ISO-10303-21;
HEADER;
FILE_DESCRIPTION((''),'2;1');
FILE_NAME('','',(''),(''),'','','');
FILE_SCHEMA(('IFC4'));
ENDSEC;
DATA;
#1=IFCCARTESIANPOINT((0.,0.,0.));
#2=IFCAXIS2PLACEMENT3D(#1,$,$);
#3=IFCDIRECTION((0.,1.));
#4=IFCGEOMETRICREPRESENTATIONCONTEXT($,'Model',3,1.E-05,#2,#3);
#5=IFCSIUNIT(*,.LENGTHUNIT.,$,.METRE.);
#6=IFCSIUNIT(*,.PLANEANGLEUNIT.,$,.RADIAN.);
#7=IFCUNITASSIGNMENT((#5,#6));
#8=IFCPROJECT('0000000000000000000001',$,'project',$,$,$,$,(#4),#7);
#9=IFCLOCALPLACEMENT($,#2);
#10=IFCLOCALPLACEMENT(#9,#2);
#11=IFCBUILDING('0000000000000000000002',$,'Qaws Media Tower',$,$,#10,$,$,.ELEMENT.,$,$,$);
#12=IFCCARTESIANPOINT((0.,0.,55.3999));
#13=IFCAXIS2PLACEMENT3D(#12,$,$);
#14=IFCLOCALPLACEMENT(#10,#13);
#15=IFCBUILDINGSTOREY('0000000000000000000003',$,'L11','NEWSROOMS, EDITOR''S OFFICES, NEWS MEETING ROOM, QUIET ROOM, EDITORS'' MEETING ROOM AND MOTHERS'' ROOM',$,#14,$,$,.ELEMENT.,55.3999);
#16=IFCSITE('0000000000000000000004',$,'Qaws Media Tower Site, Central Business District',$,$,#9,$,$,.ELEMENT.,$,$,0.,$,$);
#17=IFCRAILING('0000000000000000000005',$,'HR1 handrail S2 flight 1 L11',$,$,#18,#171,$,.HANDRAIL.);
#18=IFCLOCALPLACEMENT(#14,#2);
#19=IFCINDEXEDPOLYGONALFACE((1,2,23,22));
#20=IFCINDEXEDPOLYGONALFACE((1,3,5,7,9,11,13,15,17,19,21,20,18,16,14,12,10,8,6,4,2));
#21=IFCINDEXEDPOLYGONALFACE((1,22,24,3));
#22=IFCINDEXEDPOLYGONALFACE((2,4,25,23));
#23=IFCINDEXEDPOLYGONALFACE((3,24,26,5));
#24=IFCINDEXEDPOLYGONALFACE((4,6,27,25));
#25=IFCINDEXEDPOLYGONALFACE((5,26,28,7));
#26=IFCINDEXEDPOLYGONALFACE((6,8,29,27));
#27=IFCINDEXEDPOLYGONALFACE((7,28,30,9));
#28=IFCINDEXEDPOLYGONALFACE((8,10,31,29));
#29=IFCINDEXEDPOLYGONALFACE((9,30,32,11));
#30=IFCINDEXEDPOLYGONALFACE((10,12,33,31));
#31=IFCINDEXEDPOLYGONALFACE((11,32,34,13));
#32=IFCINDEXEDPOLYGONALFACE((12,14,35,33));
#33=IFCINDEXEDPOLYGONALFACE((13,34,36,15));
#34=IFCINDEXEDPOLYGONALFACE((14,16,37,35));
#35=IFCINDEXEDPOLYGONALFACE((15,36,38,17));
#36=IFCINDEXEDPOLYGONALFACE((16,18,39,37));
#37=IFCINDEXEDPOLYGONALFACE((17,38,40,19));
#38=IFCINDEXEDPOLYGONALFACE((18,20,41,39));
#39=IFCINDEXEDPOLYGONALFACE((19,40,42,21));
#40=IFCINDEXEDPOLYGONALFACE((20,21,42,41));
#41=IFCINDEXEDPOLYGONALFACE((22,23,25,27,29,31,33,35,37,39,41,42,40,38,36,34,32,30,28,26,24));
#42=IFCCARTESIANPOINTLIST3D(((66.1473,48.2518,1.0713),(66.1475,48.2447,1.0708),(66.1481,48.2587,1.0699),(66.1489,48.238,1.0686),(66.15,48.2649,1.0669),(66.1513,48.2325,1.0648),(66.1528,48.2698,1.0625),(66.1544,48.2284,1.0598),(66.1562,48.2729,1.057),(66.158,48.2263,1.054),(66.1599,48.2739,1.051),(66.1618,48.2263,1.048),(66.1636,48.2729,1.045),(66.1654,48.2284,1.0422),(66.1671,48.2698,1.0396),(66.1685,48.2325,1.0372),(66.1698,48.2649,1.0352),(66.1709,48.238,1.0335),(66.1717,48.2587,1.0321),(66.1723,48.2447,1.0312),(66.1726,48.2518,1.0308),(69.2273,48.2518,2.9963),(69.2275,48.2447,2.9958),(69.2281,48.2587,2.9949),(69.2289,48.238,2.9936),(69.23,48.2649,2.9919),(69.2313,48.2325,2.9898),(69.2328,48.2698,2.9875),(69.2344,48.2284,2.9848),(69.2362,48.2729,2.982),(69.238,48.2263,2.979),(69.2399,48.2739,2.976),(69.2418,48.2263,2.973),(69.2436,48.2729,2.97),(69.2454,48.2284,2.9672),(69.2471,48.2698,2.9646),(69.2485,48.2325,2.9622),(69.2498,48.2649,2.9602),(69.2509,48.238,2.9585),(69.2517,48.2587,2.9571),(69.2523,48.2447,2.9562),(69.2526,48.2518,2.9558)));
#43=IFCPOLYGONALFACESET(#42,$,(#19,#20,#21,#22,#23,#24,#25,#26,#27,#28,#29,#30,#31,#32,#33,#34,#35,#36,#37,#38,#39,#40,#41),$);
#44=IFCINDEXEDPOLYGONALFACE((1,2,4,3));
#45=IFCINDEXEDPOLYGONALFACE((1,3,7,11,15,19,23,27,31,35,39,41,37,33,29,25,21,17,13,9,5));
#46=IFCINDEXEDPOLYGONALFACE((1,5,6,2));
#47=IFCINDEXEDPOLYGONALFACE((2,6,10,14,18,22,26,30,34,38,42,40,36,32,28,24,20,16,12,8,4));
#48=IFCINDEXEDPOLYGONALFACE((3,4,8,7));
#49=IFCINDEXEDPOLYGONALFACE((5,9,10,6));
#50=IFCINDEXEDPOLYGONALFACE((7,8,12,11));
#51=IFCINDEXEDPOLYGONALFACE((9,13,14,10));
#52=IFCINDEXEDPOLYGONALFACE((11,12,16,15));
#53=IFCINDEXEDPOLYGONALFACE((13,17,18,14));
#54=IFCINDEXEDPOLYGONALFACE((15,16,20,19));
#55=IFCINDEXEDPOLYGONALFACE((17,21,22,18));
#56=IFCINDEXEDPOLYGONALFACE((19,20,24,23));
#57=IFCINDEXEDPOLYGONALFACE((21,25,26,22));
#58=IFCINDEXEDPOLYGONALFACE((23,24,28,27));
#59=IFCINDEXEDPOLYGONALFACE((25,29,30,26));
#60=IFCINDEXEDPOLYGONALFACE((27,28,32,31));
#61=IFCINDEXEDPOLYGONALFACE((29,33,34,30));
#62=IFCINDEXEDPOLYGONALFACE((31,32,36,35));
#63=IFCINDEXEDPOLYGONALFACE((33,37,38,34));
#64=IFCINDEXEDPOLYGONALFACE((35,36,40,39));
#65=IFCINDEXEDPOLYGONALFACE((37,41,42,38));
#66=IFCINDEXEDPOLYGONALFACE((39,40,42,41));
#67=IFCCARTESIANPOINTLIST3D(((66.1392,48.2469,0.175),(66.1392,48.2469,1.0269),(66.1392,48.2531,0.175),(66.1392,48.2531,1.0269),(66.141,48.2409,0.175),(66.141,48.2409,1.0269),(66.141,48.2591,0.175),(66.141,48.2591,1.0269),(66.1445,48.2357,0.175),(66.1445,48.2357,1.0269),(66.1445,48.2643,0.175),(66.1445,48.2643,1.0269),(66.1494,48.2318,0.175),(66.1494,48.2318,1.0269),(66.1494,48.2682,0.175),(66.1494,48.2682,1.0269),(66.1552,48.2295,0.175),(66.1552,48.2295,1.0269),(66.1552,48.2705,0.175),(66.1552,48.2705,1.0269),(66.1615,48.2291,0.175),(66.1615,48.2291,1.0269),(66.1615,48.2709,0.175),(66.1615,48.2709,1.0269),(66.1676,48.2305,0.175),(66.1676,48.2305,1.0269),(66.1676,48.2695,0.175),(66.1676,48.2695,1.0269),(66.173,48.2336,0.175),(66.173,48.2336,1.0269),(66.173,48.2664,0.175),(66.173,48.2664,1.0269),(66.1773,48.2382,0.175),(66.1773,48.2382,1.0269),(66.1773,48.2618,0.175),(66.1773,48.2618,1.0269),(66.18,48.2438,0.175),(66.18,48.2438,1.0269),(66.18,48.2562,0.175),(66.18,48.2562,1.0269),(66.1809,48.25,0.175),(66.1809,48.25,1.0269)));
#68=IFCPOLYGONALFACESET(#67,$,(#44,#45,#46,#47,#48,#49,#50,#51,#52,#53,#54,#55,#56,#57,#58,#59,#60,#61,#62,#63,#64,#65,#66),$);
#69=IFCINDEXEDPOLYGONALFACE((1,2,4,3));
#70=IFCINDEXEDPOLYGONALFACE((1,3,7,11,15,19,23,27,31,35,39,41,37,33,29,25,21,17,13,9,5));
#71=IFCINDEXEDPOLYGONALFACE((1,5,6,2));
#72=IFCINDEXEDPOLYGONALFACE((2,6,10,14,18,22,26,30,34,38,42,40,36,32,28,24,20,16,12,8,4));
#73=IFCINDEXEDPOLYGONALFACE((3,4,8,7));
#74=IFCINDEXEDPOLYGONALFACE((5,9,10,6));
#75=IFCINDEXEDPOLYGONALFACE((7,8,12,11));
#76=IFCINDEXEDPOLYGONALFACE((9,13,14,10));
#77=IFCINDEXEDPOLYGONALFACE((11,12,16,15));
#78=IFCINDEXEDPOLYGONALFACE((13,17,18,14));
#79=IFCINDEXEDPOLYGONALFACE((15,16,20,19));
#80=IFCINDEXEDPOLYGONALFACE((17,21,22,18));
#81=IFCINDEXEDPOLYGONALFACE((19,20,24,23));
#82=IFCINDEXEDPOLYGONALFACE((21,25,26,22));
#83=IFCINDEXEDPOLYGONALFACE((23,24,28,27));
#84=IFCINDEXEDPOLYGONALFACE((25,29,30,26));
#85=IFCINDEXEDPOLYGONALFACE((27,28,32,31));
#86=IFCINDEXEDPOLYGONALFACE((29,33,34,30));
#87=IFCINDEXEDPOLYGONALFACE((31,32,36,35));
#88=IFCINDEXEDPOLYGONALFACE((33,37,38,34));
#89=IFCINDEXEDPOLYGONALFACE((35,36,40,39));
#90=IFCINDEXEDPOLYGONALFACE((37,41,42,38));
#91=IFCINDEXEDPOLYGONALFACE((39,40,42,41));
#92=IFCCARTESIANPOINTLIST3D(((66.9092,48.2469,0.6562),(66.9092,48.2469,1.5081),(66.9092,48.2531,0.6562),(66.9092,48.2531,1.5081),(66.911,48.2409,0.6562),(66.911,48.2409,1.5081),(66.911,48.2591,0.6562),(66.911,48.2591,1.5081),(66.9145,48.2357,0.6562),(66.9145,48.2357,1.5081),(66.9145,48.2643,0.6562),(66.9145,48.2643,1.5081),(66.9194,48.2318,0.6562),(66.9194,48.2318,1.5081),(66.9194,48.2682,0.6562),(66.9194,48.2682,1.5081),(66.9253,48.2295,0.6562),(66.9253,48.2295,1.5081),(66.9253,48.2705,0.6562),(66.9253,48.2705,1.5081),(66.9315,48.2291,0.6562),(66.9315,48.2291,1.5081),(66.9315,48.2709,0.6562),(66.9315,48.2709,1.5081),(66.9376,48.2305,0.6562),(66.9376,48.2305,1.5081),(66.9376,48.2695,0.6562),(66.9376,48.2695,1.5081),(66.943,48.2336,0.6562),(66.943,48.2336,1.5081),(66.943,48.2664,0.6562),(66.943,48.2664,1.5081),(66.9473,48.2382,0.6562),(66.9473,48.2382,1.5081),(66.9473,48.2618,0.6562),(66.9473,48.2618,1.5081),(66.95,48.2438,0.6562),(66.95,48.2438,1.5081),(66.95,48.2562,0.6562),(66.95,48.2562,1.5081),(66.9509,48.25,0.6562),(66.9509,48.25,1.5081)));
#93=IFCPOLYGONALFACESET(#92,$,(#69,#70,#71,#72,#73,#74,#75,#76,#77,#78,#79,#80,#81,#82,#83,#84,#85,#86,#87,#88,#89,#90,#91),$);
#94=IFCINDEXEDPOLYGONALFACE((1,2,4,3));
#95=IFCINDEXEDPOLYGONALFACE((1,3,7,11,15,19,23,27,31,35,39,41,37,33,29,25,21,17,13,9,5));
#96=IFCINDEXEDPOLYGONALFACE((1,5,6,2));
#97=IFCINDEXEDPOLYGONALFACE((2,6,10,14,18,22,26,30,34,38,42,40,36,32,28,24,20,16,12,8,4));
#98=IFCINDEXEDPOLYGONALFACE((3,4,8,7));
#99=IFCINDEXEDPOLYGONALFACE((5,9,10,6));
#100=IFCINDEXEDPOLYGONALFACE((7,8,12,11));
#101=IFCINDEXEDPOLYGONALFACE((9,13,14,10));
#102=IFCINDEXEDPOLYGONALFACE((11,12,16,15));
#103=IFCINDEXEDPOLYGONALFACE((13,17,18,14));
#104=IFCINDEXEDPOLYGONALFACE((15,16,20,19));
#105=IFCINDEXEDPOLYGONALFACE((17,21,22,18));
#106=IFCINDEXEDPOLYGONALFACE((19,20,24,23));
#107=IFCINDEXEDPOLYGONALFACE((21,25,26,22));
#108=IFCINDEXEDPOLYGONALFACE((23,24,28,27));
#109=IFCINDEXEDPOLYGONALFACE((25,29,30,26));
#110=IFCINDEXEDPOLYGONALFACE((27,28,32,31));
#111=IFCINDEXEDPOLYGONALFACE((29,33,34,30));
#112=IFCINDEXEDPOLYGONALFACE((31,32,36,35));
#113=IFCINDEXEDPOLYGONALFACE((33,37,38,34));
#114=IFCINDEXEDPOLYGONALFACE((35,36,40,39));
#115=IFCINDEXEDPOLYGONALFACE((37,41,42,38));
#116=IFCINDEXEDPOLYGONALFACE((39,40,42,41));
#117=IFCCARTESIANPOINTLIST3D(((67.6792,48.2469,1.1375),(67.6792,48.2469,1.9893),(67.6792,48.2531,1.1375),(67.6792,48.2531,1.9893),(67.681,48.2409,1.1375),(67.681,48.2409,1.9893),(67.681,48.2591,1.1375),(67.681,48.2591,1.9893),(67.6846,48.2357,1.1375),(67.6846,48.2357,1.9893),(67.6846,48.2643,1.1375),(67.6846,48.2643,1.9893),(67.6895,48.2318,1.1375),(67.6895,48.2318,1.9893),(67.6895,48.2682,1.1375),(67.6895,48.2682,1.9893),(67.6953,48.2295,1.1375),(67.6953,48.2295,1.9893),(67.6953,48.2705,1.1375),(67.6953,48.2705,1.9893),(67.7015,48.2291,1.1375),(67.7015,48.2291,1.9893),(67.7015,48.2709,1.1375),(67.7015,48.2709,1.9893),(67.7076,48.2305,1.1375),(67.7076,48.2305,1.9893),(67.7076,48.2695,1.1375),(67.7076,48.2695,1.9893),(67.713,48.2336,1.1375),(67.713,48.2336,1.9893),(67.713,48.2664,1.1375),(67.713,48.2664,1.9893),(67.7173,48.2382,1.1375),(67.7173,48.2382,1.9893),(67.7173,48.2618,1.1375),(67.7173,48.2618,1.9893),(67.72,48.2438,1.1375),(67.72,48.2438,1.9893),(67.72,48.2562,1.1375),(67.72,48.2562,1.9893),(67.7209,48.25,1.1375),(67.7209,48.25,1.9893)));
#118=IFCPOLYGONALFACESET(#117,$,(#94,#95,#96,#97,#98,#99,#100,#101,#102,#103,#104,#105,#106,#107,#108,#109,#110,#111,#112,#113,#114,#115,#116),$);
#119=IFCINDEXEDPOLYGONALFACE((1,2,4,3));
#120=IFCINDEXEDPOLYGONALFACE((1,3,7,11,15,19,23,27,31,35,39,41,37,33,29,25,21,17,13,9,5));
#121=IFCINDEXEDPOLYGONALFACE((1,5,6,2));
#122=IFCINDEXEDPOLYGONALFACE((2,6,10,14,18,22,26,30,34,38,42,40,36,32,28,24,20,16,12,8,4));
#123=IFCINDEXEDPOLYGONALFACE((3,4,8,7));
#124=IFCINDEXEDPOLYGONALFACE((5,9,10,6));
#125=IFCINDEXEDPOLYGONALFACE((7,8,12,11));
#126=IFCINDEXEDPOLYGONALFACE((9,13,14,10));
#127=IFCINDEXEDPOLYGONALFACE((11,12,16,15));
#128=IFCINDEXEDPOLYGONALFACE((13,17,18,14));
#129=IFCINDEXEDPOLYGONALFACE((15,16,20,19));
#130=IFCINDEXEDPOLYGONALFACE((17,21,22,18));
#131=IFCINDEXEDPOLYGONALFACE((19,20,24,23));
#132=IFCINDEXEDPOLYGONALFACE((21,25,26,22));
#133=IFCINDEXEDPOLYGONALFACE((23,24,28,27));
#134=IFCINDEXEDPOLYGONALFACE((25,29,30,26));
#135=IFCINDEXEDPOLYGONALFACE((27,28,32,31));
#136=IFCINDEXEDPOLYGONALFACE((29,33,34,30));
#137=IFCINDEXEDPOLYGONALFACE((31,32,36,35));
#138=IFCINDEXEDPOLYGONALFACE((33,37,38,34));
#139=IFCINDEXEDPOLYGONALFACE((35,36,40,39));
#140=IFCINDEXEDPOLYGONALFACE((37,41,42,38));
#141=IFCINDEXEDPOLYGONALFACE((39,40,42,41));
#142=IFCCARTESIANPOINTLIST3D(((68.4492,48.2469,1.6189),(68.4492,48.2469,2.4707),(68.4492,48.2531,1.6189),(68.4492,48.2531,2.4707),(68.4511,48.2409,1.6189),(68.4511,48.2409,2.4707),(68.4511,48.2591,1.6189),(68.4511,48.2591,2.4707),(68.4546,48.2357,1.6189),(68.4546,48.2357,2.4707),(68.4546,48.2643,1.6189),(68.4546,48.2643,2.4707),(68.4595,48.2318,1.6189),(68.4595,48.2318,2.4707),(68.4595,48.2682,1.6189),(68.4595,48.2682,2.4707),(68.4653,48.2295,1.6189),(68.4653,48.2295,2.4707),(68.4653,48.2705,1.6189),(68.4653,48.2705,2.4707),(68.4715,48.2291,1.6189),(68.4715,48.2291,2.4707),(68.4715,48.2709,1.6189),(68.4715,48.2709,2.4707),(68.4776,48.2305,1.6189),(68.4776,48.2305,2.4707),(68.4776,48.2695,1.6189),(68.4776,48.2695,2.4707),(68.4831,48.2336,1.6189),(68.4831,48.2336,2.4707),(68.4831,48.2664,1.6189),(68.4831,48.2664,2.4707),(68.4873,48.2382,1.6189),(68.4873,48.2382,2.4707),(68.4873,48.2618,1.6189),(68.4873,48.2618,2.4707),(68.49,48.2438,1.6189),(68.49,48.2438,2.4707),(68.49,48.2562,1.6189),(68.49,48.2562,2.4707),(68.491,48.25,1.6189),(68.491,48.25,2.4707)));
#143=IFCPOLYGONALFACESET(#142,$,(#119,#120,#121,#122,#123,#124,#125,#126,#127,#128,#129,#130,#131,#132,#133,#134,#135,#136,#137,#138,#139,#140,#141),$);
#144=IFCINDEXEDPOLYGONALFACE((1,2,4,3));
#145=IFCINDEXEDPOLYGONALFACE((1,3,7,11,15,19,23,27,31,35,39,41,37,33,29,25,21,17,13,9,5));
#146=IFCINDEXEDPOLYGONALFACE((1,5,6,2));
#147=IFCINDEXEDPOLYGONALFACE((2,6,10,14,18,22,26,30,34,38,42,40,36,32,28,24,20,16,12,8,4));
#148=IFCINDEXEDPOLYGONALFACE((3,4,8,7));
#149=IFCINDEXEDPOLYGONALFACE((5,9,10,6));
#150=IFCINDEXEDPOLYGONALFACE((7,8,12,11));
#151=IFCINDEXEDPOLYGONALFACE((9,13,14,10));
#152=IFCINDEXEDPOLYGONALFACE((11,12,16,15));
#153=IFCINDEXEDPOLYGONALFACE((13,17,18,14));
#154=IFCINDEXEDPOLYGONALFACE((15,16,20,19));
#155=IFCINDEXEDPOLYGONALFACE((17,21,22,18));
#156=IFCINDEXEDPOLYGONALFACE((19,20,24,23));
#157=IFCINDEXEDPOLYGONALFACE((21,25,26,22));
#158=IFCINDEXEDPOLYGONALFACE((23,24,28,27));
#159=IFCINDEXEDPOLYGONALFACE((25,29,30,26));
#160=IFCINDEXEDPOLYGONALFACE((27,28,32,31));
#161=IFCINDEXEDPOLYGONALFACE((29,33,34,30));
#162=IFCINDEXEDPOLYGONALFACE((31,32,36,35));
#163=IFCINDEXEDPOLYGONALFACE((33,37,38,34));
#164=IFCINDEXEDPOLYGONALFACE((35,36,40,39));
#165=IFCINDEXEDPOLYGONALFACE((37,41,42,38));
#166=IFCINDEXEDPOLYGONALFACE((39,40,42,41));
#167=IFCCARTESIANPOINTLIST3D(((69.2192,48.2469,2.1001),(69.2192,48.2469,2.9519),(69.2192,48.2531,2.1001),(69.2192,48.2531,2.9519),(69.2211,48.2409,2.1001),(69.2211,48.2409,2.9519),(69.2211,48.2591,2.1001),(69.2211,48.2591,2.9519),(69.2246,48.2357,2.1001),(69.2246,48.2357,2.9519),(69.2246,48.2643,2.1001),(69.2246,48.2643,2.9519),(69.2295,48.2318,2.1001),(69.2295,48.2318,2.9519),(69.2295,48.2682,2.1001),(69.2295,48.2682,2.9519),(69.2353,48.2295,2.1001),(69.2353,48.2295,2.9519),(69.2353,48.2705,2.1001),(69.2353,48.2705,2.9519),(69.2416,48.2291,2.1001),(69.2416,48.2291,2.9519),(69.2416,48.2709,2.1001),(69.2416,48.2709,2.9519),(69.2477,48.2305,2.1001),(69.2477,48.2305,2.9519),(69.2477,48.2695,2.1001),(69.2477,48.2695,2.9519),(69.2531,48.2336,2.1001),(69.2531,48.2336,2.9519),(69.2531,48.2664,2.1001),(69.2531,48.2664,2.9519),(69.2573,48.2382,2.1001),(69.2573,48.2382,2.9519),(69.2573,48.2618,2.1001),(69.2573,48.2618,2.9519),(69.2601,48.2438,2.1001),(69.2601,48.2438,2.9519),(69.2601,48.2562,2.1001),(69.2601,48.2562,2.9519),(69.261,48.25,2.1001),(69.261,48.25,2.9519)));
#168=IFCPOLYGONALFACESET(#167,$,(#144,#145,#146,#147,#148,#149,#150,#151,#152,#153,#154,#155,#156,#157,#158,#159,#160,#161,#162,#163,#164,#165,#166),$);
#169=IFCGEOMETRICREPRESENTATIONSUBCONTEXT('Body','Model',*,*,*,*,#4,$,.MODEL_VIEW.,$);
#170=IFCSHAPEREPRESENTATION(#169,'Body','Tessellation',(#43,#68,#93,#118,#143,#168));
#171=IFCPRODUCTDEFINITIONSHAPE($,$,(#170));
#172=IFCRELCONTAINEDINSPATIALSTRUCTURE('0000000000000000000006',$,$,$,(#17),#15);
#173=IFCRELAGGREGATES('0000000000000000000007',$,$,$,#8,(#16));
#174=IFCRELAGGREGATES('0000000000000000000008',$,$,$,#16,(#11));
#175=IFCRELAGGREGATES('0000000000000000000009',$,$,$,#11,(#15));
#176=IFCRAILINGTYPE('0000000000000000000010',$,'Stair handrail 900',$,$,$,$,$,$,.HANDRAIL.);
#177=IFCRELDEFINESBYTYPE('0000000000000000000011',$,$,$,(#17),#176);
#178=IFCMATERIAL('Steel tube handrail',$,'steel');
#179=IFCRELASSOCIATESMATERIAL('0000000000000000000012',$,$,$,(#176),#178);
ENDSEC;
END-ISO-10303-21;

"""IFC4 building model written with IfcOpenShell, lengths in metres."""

from ifc_helpers import new_model, si_unit, direction, frame, origin, origin_2d, place, context, subcontext, project, spatial, circle, extrude, material, type_object, element, save


model = new_model("IFC4")

# Units and contexts
model_context = context("Model", 3, precision=1e-05, world=origin(), true_north=direction((0.0, 1.0)))
body_context = subcontext(model_context, "Body", "Model", "MODEL_VIEW")
ifc_project = project(units=[si_unit("LENGTHUNIT", "METRE"), si_unit("PLANEANGLEUNIT", "RADIAN")], contexts=[model_context])

# Site, building, storey
site_placement = place(None, origin())
site = spatial("IfcSite", under=ifc_project, at=site_placement, Name="Qaws Media Tower Site, Central Business District", CompositionType="ELEMENT", RefElevation=0.0)
building_placement = place(site_placement, origin())
building = spatial("IfcBuilding", under=site, at=building_placement, Name="Qaws Media Tower", CompositionType="ELEMENT")
storey_placement = place(building_placement, frame((0.0, 0.0, 55.3999)))
storey = spatial("IfcBuildingStorey", under=building, at=storey_placement, Name="L11", Description="NEWSROOMS, EDITOR'S OFFICES, NEWS MEETING ROOM, QUIET ROOM, EDITORS' MEETING ROOM AND MOTHERS' ROOM", CompositionType="ELEMENT", Elevation=55.3999)

# Railing
ifc_material_1 = material(Name="Steel tube handrail", Category="steel")
railing_type = type_object("IfcRailingType", Name="Stair handrail 900", PredefinedType="HANDRAIL", material=ifc_material_1)
railing_placement = place(storey_placement, frame((66.1599, 48.25, 0.175)))
element("IfcRailing", 1, at=railing_placement, inside=storey, type_object=railing_type, Name="HR1 handrail S2 flight 1 L11", PredefinedType="HANDRAIL", context=body_context, shape_type="SweptSolid", body=[
    extrude(circle(Radius=0.0239, at=origin_2d()), frame((0.0, 0.0, 0.876), z_axis=(0.847998, 0.0, 0.529999), x_axis=(0.0, 1.0, 0.0)), (0.0, 0.0, 1.0), 3.6321),
    extrude(circle(Radius=0.021, at=origin_2d()), origin(), (0.0, 0.0, 1.0), 0.8518),
    extrude(circle(Radius=0.021, at=origin_2d()), frame((0.77, 0.0, 0.4812)), (0.0, 0.0, 1.0), 0.8518),
    extrude(circle(Radius=0.021, at=origin_2d()), frame((1.54, 0.0, 0.9624)), (0.0, 0.0, 1.0), 0.8518),
    extrude(circle(Radius=0.021, at=origin_2d()), frame((2.3101, 0.0, 1.4438)), (0.0, 0.0, 1.0), 0.8518),
    extrude(circle(Radius=0.021, at=origin_2d()), frame((3.0801, 0.0, 1.925)), (0.0, 0.0, 1.0), 0.8518),
])

save(model, "model.ifc")
